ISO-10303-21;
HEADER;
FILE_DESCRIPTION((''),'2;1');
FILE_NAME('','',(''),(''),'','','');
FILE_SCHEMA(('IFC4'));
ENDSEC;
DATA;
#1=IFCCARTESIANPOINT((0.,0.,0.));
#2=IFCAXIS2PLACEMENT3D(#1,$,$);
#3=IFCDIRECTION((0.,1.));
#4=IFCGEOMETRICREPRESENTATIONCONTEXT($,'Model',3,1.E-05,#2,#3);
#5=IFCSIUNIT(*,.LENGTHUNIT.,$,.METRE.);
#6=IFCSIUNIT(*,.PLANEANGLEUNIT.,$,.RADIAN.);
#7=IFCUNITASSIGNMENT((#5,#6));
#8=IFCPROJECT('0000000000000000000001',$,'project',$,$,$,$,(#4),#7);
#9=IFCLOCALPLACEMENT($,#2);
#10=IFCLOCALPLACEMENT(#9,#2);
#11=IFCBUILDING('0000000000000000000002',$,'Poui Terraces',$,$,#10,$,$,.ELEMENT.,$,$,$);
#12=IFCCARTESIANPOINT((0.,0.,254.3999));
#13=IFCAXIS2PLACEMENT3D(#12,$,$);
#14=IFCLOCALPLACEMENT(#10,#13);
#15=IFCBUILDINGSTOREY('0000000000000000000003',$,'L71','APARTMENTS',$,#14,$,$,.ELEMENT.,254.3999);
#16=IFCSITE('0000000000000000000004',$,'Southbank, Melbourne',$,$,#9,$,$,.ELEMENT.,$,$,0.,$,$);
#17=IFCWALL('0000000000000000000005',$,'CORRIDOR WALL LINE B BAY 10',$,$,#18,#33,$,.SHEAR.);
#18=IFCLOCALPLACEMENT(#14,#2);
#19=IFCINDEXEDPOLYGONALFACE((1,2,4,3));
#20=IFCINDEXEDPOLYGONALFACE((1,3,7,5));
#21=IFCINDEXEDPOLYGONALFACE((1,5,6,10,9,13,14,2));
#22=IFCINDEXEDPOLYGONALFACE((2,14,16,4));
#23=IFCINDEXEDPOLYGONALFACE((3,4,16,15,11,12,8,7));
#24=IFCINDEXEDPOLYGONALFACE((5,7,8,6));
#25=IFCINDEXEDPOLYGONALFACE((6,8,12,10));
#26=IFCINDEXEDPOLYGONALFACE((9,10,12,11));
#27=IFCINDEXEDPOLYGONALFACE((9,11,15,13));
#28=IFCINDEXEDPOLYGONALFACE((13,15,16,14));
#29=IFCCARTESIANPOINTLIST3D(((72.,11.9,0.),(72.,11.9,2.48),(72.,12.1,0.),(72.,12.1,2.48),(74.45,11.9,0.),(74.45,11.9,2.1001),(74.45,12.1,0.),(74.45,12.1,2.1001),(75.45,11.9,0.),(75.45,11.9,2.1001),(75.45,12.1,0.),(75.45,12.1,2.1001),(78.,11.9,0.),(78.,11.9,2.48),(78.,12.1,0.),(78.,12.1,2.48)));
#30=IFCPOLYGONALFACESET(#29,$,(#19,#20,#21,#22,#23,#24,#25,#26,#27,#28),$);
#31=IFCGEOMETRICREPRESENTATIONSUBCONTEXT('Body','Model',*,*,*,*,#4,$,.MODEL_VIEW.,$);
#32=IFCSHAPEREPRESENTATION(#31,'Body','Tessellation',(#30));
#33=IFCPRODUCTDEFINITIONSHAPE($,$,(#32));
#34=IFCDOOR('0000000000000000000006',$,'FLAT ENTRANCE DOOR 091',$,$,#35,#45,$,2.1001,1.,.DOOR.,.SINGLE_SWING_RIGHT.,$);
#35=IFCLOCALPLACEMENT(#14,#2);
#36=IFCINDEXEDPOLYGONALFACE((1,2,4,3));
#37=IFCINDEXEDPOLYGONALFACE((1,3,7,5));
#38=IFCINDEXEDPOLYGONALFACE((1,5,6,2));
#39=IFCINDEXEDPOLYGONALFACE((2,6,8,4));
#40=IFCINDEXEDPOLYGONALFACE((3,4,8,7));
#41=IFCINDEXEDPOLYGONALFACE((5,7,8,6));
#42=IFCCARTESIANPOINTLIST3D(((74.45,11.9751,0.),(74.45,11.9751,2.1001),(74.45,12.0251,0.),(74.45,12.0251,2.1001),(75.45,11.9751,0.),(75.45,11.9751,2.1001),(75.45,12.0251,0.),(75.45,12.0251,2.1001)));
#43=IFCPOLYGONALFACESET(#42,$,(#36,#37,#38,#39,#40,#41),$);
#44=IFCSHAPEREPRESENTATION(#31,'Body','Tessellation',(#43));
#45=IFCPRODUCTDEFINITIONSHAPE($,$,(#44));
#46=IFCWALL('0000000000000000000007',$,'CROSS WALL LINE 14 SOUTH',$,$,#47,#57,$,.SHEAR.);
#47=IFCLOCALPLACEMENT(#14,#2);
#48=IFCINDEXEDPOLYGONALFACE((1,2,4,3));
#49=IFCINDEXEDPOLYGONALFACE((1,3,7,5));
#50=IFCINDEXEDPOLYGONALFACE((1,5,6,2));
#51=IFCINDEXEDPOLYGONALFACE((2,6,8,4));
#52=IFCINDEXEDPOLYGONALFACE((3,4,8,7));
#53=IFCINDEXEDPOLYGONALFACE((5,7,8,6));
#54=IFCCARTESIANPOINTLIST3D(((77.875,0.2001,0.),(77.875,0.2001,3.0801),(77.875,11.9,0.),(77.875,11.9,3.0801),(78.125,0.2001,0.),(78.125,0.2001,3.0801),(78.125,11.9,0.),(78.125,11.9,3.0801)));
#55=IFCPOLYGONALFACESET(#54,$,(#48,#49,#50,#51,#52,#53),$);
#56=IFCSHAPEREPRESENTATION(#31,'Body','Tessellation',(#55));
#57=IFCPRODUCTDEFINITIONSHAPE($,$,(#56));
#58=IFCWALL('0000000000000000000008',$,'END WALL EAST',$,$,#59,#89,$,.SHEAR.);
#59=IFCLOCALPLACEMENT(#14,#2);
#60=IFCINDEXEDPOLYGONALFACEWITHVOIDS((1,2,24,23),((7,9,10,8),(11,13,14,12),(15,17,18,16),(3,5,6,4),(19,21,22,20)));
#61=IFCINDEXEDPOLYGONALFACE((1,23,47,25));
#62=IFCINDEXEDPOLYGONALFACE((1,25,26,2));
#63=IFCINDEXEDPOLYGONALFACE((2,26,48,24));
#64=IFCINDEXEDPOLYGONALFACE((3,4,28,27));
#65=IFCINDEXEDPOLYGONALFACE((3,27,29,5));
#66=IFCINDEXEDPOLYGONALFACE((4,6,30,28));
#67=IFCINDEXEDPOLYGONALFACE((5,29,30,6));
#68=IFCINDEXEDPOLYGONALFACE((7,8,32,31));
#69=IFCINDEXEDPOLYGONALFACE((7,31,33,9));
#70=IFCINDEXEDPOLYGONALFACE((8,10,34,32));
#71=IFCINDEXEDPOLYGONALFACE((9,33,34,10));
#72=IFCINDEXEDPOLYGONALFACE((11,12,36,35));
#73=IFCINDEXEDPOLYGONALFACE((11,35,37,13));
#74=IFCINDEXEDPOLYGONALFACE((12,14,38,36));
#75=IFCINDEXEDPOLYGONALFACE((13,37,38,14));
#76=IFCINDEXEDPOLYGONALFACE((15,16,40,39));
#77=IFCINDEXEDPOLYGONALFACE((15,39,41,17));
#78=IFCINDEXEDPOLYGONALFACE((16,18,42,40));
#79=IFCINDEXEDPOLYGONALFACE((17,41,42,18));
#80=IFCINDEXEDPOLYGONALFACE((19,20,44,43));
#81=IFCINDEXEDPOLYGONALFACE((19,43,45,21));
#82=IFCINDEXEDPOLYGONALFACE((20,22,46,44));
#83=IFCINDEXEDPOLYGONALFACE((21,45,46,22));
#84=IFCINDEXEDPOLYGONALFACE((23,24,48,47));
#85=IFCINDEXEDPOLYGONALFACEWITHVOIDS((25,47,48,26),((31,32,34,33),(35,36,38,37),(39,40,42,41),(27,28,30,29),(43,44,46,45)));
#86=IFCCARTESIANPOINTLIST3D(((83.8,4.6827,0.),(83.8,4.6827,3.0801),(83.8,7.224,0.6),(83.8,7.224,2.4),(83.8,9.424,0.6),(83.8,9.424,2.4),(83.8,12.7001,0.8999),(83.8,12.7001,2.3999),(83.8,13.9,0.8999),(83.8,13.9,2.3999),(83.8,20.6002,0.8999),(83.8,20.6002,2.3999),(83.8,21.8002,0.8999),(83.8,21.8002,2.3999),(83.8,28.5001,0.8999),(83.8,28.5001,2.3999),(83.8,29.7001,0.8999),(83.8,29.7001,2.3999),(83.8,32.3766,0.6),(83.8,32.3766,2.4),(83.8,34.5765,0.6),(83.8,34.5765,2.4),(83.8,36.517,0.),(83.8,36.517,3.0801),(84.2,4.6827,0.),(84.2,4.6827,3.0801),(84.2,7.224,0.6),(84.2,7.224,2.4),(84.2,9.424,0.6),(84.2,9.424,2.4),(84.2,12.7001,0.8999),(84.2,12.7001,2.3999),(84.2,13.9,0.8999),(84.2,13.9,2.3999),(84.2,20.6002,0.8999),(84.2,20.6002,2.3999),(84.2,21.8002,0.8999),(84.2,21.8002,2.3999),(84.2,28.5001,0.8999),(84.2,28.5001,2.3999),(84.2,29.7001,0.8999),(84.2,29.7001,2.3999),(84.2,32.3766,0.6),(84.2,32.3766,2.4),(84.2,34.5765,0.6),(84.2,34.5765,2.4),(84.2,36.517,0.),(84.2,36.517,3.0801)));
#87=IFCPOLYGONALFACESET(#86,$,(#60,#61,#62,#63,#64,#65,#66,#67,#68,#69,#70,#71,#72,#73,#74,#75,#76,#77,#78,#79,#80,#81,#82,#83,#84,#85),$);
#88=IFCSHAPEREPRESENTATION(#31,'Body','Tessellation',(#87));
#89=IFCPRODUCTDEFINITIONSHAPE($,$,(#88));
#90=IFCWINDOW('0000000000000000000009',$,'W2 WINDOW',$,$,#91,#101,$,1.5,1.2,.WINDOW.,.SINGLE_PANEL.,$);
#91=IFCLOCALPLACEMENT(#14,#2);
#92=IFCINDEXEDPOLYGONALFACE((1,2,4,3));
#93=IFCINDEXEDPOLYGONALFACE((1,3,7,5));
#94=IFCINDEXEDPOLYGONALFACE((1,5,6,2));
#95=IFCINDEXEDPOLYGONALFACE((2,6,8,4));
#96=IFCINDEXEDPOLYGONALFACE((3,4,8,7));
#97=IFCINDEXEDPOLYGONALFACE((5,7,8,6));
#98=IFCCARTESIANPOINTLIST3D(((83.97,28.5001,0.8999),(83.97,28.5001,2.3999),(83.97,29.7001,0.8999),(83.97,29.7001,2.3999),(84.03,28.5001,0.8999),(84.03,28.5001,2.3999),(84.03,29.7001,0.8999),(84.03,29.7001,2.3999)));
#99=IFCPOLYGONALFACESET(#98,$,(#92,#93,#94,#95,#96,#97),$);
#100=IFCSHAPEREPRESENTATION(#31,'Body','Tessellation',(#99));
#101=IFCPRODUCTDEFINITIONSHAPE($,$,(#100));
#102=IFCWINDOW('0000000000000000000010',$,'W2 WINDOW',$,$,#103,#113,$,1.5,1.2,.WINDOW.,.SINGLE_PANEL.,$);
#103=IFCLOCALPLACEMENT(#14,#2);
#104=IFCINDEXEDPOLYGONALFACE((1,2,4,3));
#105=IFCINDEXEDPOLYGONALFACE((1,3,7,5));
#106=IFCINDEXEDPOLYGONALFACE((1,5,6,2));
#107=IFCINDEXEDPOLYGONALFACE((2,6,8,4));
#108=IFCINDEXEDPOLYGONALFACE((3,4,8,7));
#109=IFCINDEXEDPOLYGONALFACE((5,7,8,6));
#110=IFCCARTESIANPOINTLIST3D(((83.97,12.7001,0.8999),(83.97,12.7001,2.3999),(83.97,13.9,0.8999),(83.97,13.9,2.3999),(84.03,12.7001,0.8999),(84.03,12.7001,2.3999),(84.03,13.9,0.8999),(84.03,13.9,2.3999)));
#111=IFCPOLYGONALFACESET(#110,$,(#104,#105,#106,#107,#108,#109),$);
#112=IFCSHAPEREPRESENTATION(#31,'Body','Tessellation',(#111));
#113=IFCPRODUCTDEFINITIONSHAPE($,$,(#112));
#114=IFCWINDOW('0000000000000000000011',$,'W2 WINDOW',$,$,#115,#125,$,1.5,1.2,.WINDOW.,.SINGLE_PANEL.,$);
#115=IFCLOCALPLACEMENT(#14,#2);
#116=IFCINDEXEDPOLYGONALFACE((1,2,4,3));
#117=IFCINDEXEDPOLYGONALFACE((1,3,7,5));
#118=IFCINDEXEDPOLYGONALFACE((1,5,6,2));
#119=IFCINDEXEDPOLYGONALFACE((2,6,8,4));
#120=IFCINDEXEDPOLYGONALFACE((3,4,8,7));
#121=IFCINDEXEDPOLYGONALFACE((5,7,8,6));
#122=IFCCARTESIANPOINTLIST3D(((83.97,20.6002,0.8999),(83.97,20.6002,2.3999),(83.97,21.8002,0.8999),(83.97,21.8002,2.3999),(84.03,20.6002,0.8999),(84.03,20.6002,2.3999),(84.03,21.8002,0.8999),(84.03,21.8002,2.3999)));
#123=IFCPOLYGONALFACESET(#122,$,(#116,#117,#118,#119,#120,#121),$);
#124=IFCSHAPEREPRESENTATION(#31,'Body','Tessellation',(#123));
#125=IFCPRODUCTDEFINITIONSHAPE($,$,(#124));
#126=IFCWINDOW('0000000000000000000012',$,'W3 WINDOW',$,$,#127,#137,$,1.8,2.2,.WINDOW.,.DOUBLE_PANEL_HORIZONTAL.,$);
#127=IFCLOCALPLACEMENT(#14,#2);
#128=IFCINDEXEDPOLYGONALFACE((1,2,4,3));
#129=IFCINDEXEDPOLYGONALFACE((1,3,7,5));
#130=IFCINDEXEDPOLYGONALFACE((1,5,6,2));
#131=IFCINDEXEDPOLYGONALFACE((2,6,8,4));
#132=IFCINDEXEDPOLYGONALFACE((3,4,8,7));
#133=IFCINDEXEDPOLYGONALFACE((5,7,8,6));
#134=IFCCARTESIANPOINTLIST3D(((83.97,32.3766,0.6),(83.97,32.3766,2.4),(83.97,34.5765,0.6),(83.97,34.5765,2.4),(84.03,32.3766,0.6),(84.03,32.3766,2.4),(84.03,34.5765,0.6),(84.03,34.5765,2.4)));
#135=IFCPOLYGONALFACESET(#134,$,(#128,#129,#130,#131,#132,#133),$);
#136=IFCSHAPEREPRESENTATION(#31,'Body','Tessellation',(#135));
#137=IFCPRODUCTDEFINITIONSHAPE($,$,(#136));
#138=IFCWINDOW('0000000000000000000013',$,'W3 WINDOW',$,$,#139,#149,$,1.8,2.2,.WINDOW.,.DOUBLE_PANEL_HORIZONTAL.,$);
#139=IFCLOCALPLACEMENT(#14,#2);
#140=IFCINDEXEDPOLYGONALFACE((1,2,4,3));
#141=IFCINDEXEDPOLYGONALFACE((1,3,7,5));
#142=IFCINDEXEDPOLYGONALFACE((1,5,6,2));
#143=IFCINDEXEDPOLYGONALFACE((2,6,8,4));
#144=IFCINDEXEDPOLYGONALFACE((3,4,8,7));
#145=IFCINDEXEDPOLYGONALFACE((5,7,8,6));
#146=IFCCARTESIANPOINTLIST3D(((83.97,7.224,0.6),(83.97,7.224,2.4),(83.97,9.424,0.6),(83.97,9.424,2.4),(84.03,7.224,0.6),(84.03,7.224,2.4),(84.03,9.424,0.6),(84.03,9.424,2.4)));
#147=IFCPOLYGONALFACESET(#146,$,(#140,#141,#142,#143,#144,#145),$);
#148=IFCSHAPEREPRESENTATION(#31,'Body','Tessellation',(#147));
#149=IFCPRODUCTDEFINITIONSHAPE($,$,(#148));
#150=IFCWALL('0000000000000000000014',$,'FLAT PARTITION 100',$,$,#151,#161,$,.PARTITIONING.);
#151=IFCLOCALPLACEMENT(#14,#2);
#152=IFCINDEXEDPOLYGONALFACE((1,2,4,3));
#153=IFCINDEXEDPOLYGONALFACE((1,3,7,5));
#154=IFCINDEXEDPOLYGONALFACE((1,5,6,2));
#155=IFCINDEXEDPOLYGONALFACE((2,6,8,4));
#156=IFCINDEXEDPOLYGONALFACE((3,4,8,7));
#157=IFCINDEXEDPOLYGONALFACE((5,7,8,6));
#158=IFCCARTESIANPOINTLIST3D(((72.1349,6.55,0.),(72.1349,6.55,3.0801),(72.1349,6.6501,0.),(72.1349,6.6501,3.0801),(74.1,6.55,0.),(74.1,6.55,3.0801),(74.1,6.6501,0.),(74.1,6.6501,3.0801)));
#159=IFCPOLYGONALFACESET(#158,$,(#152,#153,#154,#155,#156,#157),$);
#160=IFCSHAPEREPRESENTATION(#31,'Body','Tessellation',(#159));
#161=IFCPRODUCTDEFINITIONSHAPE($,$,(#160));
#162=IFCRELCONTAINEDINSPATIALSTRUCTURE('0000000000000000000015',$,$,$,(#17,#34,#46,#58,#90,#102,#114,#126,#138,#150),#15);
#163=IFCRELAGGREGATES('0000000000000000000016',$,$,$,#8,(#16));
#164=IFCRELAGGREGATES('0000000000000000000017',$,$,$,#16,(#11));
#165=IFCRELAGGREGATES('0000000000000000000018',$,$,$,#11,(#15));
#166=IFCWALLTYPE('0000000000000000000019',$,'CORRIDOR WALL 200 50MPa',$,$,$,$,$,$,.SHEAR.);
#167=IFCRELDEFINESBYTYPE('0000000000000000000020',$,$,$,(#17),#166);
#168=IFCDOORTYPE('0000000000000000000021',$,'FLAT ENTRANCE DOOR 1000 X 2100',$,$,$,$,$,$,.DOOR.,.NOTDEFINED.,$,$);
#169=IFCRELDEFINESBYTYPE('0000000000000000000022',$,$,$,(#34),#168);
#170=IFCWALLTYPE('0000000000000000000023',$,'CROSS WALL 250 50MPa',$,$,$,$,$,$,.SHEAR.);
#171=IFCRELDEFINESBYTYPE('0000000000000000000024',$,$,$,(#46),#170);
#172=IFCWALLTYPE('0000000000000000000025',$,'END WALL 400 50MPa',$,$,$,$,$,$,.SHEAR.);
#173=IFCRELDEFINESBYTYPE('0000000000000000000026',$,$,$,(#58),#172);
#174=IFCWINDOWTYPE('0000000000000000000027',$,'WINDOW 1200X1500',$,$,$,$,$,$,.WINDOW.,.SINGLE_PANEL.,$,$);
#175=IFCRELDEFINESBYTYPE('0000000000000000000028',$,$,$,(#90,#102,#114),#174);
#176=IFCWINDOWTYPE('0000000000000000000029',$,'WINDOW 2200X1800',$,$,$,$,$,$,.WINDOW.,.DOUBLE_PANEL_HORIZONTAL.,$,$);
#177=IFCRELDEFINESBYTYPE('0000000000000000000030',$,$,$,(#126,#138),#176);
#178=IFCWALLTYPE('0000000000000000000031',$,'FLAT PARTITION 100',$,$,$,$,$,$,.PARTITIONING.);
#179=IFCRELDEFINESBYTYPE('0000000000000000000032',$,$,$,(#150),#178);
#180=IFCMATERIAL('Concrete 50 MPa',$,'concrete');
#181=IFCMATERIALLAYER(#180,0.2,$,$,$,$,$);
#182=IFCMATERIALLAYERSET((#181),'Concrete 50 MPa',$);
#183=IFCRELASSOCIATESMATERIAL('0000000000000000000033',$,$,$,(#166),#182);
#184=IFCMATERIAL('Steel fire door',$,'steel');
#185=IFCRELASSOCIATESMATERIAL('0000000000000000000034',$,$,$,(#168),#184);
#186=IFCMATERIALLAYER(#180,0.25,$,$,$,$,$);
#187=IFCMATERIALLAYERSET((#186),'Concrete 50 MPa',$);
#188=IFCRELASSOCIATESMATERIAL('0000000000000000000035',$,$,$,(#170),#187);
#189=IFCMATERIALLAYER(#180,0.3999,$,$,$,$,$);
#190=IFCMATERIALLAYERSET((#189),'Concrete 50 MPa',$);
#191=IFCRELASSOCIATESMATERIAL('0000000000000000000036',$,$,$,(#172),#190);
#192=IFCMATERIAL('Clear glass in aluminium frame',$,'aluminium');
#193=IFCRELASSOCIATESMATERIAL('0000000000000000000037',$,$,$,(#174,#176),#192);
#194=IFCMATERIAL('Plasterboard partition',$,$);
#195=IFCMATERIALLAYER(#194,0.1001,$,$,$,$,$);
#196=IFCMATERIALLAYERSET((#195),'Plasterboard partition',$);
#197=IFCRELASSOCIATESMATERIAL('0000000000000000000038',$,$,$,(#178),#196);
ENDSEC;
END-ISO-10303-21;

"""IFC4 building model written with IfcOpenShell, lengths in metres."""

from ifc_helpers import new_model, si_unit, direction, frame, frame_2d, origin, place, context, subcontext, project, spatial, rectangle, extrude, material, layer, layer_set, type_object, element, fill, save


model = new_model("IFC4")

# Units and contexts
model_context = context("Model", 3, precision=1e-05, world=origin(), true_north=direction((0.0, 1.0)))
body_context = subcontext(model_context, "Body", "Model", "MODEL_VIEW")
ifc_project = project(units=[si_unit("LENGTHUNIT", "METRE"), si_unit("PLANEANGLEUNIT", "RADIAN")], contexts=[model_context])

# Site, building, storey
site_placement = place(None, origin())
site = spatial("IfcSite", under=ifc_project, at=site_placement, Name="Southbank, Melbourne", CompositionType="ELEMENT", RefElevation=0.0)
building_placement = place(site_placement, origin())
building = spatial("IfcBuilding", under=site, at=building_placement, Name="Poui Terraces", CompositionType="ELEMENT")
storey_placement = place(building_placement, frame((0.0, 0.0, 254.3999)))
storey = spatial("IfcBuildingStorey", under=building, at=storey_placement, Name="L71", Description="APARTMENTS", CompositionType="ELEMENT", Elevation=254.3999)

# Wall, opening, door
ifc_material_1 = material(Name="Concrete 50 MPa", Category="concrete")
ifc_layer_1 = layer(ifc_material_1, 0.2)
ifc_layer_set_1 = layer_set([ifc_layer_1], Name="Concrete 50 MPa")
wall_type_1 = type_object("IfcWallType", Name="CORRIDOR WALL 200 50MPa", PredefinedType="SHEAR", material=ifc_layer_set_1)
wall_1_placement = place(storey_placement, frame((72.0, 12.0, 0.0), z_axis=(0.0, 0.0, 1.0), x_axis=(1.0, 0.0, 0.0)))
wall_1 = element("IfcWall", 1, at=wall_1_placement, inside=storey, type_object=wall_type_1, Name="CORRIDOR WALL LINE B BAY 10", PredefinedType="SHEAR", context=body_context, shape_type="SweptSolid", body=[
    extrude(rectangle(XDim=6.0, YDim=0.2, at=frame_2d((3.0, 0.0))), origin(), (0.0, 0.0, 1.0), 2.48),
])
opening_1_placement = place(wall_1_placement, frame((2.45, 0.0, 0.0)))
opening_1 = element("IfcOpeningElement", 2, at=opening_1_placement, cuts=wall_1, PredefinedType="OPENING", context=body_context, shape_type="SweptSolid", body=[
    extrude(rectangle(XDim=1.0, YDim=2.1001, at=frame_2d((0.5, 1.05))), frame((0.0, 0.1099, 0.0), z_axis=(0.0, -1.0, 0.0), x_axis=(1.0, 0.0, 0.0)), (0.0, 0.0, 1.0), 0.22),
])
ifc_material_2 = material(Name="Steel fire door", Category="steel")
door_type_1 = type_object("IfcDoorType", Name="FLAT ENTRANCE DOOR 1000 X 2100", OperationType="NOTDEFINED", PredefinedType="DOOR", material=ifc_material_2)
door_1_placement = place(opening_1_placement, frame((1.0, 0.0, 0.0), z_axis=(0.0, 0.0, 1.0), x_axis=(-1.0, 0.0, 0.0)))
door_1 = element("IfcDoor", 3, at=door_1_placement, inside=storey, type_object=door_type_1, Name="FLAT ENTRANCE DOOR 091", OperationType="SINGLE_SWING_RIGHT", OverallHeight=2.1001, OverallWidth=1.0, PredefinedType="DOOR", context=body_context, shape_type="SweptSolid", body=[
    extrude(rectangle(XDim=1.0, YDim=2.1001, at=frame_2d((0.5, 1.05))), frame((0.0, 0.0249, 0.0), z_axis=(0.0, -1.0, 0.0), x_axis=(1.0, 0.0, 0.0)), (0.0, 0.0, 1.0), 0.05),
])
fill(opening_1, door_1)

# Wall
ifc_layer_2 = layer(ifc_material_1, 0.25)
ifc_layer_set_2 = layer_set([ifc_layer_2], Name="Concrete 50 MPa")
wall_type_2 = type_object("IfcWallType", Name="CROSS WALL 250 50MPa", PredefinedType="SHEAR", material=ifc_layer_set_2)
wall_2_placement = place(storey_placement, frame((78.0, 0.2, 0.0), z_axis=(0.0, 0.0, 1.0), x_axis=(0.0, 1.0, 0.0)))
element("IfcWall", 4, at=wall_2_placement, inside=storey, type_object=wall_type_2, Name="CROSS WALL LINE 14 SOUTH", PredefinedType="SHEAR", context=body_context, shape_type="SweptSolid", body=[
    extrude(rectangle(XDim=11.7, YDim=0.25, at=frame_2d((5.8501, 0.0))), origin(), (0.0, 0.0, 1.0), 3.0801),
])

# Wall, openings, windows
ifc_layer_3 = layer(ifc_material_1, 0.3999)
ifc_layer_set_3 = layer_set([ifc_layer_3], Name="Concrete 50 MPa")
wall_type_3 = type_object("IfcWallType", Name="END WALL 400 50MPa", PredefinedType="SHEAR", material=ifc_layer_set_3)
wall_3_placement = place(storey_placement, frame((84.0, 4.6829, 0.0), z_axis=(0.0, 0.0, 1.0), x_axis=(0.0, 1.0, 0.0)))
wall_3 = element("IfcWall", 5, at=wall_3_placement, inside=storey, type_object=wall_type_3, Name="END WALL EAST", PredefinedType="SHEAR", context=body_context, shape_type="SweptSolid", body=[
    extrude(rectangle(XDim=31.8342, YDim=0.3999, at=frame_2d((15.917, 0.0))), origin(), (0.0, 0.0, 1.0), 3.0801),
])
opening_2_placement = place(wall_3_placement, frame((23.8171, 0.0, 0.8999)))
opening_2 = element("IfcOpeningElement", 6, at=opening_2_placement, cuts=wall_3, PredefinedType="OPENING", context=body_context, shape_type="SweptSolid", body=[
    extrude(rectangle(XDim=1.2, YDim=1.5, at=frame_2d((0.6001, 0.75))), frame((0.0, 0.21, 0.0), z_axis=(0.0, -1.0, 0.0), x_axis=(1.0, 0.0, 0.0)), (0.0, 0.0, 1.0), 0.4199),
])
opening_3_placement = place(wall_3_placement, frame((8.0171, 0.0, 0.8999)))
opening_3 = element("IfcOpeningElement", 7, at=opening_3_placement, cuts=wall_3, PredefinedType="OPENING", context=body_context, shape_type="SweptSolid", body=[
    extrude(rectangle(XDim=1.2, YDim=1.5, at=frame_2d((0.6001, 0.75))), frame((0.0, 0.21, 0.0), z_axis=(0.0, -1.0, 0.0), x_axis=(1.0, 0.0, 0.0)), (0.0, 0.0, 1.0), 0.4199),
])
opening_4_placement = place(wall_3_placement, frame((27.6936, 0.0, 0.6001)))
opening_4 = element("IfcOpeningElement", 8, at=opening_4_placement, cuts=wall_3, PredefinedType="OPENING", context=body_context, shape_type="SweptSolid", body=[
    extrude(rectangle(XDim=2.2, YDim=1.8, at=frame_2d((1.1001, 0.8999))), frame((0.0, 0.21, 0.0), z_axis=(0.0, -1.0, 0.0), x_axis=(1.0, 0.0, 0.0)), (0.0, 0.0, 1.0), 0.4199),
])
opening_5_placement = place(wall_3_placement, frame((2.541, 0.0, 0.6001)))
opening_5 = element("IfcOpeningElement", 9, at=opening_5_placement, cuts=wall_3, PredefinedType="OPENING", context=body_context, shape_type="SweptSolid", body=[
    extrude(rectangle(XDim=2.2, YDim=1.8, at=frame_2d((1.1001, 0.8999))), frame((0.0, 0.21, 0.0), z_axis=(0.0, -1.0, 0.0), x_axis=(1.0, 0.0, 0.0)), (0.0, 0.0, 1.0), 0.4199),
])
opening_6_placement = place(wall_3_placement, frame((15.9172, 0.0, 0.8999)))
opening_6 = element("IfcOpeningElement", 10, at=opening_6_placement, cuts=wall_3, PredefinedType="OPENING", context=body_context, shape_type="SweptSolid", body=[
    extrude(rectangle(XDim=1.2, YDim=1.5, at=frame_2d((0.6001, 0.75))), frame((0.0, 0.21, 0.0), z_axis=(0.0, -1.0, 0.0), x_axis=(1.0, 0.0, 0.0)), (0.0, 0.0, 1.0), 0.4199),
])
ifc_material_3 = material(Name="Clear glass in aluminium frame", Category="aluminium")
window_type_1 = type_object("IfcWindowType", Name="WINDOW 1200X1500", PartitioningType="SINGLE_PANEL", PredefinedType="WINDOW", material=ifc_material_3)
window_1_placement = place(opening_2_placement, origin())
window_1 = element("IfcWindow", 11, at=window_1_placement, inside=storey, type_object=window_type_1, Name="W2 WINDOW", OverallHeight=1.5, OverallWidth=1.2, PartitioningType="SINGLE_PANEL", PredefinedType="WINDOW", context=body_context, shape_type="SweptSolid", body=[
    extrude(rectangle(XDim=1.2, YDim=1.5, at=frame_2d((0.6001, 0.75))), frame((0.0, 0.03, 0.0), z_axis=(0.0, -1.0, 0.0), x_axis=(1.0, 0.0, 0.0)), (0.0, 0.0, 1.0), 0.0601),
])
fill(opening_2, window_1)
window_2_placement = place(opening_3_placement, origin())
window_2 = element("IfcWindow", 12, at=window_2_placement, inside=storey, type_object=window_type_1, Name="W2 WINDOW", OverallHeight=1.5, OverallWidth=1.2, PartitioningType="SINGLE_PANEL", PredefinedType="WINDOW", context=body_context, shape_type="SweptSolid", body=[
    extrude(rectangle(XDim=1.2, YDim=1.5, at=frame_2d((0.6001, 0.75))), frame((0.0, 0.03, 0.0), z_axis=(0.0, -1.0, 0.0), x_axis=(1.0, 0.0, 0.0)), (0.0, 0.0, 1.0), 0.0601),
])
fill(opening_3, window_2)
window_3_placement = place(opening_6_placement, origin())
window_3 = element("IfcWindow", 13, at=window_3_placement, inside=storey, type_object=window_type_1, Name="W2 WINDOW", OverallHeight=1.5, OverallWidth=1.2, PartitioningType="SINGLE_PANEL", PredefinedType="WINDOW", context=body_context, shape_type="SweptSolid", body=[
    extrude(rectangle(XDim=1.2, YDim=1.5, at=frame_2d((0.6001, 0.75))), frame((0.0, 0.03, 0.0), z_axis=(0.0, -1.0, 0.0), x_axis=(1.0, 0.0, 0.0)), (0.0, 0.0, 1.0), 0.0601),
])
fill(opening_6, window_3)
window_type_2 = type_object("IfcWindowType", Name="WINDOW 2200X1800", PartitioningType="DOUBLE_PANEL_HORIZONTAL", PredefinedType="WINDOW", material=ifc_material_3)
window_4_placement = place(opening_4_placement, origin())
window_4 = element("IfcWindow", 14, at=window_4_placement, inside=storey, type_object=window_type_2, Name="W3 WINDOW", OverallHeight=1.8, OverallWidth=2.2, PartitioningType="DOUBLE_PANEL_HORIZONTAL", PredefinedType="WINDOW", context=body_context, shape_type="SweptSolid", body=[
    extrude(rectangle(XDim=2.2, YDim=1.8, at=frame_2d((1.1001, 0.8999))), frame((0.0, 0.03, 0.0), z_axis=(0.0, -1.0, 0.0), x_axis=(1.0, 0.0, 0.0)), (0.0, 0.0, 1.0), 0.0601),
])
fill(opening_4, window_4)
window_5_placement = place(opening_5_placement, origin())
window_5 = element("IfcWindow", 15, at=window_5_placement, inside=storey, type_object=window_type_2, Name="W3 WINDOW", OverallHeight=1.8, OverallWidth=2.2, PartitioningType="DOUBLE_PANEL_HORIZONTAL", PredefinedType="WINDOW", context=body_context, shape_type="SweptSolid", body=[
    extrude(rectangle(XDim=2.2, YDim=1.8, at=frame_2d((1.1001, 0.8999))), frame((0.0, 0.03, 0.0), z_axis=(0.0, -1.0, 0.0), x_axis=(1.0, 0.0, 0.0)), (0.0, 0.0, 1.0), 0.0601),
])
fill(opening_5, window_5)

# Wall
ifc_material_4 = material(Name="Plasterboard partition")
ifc_layer_4 = layer(ifc_material_4, 0.1001)
ifc_layer_set_4 = layer_set([ifc_layer_4], Name="Plasterboard partition")
wall_type_4 = type_object("IfcWallType", Name="FLAT PARTITION 100", PredefinedType="PARTITIONING", material=ifc_layer_set_4)
wall_4_placement = place(storey_placement, frame((72.135, 6.6001, 0.0), z_axis=(0.0, 0.0, 1.0), x_axis=(1.0, 0.0, 0.0)))
element("IfcWall", 16, at=wall_4_placement, inside=storey, type_object=wall_type_4, Name="FLAT PARTITION 100", PredefinedType="PARTITIONING", context=body_context, shape_type="SweptSolid", body=[
    extrude(rectangle(XDim=1.9651, YDim=0.1001, at=frame_2d((0.9824, 0.0))), origin(), (0.0, 0.0, 1.0), 3.0801),
])

save(model, "model.ifc")
